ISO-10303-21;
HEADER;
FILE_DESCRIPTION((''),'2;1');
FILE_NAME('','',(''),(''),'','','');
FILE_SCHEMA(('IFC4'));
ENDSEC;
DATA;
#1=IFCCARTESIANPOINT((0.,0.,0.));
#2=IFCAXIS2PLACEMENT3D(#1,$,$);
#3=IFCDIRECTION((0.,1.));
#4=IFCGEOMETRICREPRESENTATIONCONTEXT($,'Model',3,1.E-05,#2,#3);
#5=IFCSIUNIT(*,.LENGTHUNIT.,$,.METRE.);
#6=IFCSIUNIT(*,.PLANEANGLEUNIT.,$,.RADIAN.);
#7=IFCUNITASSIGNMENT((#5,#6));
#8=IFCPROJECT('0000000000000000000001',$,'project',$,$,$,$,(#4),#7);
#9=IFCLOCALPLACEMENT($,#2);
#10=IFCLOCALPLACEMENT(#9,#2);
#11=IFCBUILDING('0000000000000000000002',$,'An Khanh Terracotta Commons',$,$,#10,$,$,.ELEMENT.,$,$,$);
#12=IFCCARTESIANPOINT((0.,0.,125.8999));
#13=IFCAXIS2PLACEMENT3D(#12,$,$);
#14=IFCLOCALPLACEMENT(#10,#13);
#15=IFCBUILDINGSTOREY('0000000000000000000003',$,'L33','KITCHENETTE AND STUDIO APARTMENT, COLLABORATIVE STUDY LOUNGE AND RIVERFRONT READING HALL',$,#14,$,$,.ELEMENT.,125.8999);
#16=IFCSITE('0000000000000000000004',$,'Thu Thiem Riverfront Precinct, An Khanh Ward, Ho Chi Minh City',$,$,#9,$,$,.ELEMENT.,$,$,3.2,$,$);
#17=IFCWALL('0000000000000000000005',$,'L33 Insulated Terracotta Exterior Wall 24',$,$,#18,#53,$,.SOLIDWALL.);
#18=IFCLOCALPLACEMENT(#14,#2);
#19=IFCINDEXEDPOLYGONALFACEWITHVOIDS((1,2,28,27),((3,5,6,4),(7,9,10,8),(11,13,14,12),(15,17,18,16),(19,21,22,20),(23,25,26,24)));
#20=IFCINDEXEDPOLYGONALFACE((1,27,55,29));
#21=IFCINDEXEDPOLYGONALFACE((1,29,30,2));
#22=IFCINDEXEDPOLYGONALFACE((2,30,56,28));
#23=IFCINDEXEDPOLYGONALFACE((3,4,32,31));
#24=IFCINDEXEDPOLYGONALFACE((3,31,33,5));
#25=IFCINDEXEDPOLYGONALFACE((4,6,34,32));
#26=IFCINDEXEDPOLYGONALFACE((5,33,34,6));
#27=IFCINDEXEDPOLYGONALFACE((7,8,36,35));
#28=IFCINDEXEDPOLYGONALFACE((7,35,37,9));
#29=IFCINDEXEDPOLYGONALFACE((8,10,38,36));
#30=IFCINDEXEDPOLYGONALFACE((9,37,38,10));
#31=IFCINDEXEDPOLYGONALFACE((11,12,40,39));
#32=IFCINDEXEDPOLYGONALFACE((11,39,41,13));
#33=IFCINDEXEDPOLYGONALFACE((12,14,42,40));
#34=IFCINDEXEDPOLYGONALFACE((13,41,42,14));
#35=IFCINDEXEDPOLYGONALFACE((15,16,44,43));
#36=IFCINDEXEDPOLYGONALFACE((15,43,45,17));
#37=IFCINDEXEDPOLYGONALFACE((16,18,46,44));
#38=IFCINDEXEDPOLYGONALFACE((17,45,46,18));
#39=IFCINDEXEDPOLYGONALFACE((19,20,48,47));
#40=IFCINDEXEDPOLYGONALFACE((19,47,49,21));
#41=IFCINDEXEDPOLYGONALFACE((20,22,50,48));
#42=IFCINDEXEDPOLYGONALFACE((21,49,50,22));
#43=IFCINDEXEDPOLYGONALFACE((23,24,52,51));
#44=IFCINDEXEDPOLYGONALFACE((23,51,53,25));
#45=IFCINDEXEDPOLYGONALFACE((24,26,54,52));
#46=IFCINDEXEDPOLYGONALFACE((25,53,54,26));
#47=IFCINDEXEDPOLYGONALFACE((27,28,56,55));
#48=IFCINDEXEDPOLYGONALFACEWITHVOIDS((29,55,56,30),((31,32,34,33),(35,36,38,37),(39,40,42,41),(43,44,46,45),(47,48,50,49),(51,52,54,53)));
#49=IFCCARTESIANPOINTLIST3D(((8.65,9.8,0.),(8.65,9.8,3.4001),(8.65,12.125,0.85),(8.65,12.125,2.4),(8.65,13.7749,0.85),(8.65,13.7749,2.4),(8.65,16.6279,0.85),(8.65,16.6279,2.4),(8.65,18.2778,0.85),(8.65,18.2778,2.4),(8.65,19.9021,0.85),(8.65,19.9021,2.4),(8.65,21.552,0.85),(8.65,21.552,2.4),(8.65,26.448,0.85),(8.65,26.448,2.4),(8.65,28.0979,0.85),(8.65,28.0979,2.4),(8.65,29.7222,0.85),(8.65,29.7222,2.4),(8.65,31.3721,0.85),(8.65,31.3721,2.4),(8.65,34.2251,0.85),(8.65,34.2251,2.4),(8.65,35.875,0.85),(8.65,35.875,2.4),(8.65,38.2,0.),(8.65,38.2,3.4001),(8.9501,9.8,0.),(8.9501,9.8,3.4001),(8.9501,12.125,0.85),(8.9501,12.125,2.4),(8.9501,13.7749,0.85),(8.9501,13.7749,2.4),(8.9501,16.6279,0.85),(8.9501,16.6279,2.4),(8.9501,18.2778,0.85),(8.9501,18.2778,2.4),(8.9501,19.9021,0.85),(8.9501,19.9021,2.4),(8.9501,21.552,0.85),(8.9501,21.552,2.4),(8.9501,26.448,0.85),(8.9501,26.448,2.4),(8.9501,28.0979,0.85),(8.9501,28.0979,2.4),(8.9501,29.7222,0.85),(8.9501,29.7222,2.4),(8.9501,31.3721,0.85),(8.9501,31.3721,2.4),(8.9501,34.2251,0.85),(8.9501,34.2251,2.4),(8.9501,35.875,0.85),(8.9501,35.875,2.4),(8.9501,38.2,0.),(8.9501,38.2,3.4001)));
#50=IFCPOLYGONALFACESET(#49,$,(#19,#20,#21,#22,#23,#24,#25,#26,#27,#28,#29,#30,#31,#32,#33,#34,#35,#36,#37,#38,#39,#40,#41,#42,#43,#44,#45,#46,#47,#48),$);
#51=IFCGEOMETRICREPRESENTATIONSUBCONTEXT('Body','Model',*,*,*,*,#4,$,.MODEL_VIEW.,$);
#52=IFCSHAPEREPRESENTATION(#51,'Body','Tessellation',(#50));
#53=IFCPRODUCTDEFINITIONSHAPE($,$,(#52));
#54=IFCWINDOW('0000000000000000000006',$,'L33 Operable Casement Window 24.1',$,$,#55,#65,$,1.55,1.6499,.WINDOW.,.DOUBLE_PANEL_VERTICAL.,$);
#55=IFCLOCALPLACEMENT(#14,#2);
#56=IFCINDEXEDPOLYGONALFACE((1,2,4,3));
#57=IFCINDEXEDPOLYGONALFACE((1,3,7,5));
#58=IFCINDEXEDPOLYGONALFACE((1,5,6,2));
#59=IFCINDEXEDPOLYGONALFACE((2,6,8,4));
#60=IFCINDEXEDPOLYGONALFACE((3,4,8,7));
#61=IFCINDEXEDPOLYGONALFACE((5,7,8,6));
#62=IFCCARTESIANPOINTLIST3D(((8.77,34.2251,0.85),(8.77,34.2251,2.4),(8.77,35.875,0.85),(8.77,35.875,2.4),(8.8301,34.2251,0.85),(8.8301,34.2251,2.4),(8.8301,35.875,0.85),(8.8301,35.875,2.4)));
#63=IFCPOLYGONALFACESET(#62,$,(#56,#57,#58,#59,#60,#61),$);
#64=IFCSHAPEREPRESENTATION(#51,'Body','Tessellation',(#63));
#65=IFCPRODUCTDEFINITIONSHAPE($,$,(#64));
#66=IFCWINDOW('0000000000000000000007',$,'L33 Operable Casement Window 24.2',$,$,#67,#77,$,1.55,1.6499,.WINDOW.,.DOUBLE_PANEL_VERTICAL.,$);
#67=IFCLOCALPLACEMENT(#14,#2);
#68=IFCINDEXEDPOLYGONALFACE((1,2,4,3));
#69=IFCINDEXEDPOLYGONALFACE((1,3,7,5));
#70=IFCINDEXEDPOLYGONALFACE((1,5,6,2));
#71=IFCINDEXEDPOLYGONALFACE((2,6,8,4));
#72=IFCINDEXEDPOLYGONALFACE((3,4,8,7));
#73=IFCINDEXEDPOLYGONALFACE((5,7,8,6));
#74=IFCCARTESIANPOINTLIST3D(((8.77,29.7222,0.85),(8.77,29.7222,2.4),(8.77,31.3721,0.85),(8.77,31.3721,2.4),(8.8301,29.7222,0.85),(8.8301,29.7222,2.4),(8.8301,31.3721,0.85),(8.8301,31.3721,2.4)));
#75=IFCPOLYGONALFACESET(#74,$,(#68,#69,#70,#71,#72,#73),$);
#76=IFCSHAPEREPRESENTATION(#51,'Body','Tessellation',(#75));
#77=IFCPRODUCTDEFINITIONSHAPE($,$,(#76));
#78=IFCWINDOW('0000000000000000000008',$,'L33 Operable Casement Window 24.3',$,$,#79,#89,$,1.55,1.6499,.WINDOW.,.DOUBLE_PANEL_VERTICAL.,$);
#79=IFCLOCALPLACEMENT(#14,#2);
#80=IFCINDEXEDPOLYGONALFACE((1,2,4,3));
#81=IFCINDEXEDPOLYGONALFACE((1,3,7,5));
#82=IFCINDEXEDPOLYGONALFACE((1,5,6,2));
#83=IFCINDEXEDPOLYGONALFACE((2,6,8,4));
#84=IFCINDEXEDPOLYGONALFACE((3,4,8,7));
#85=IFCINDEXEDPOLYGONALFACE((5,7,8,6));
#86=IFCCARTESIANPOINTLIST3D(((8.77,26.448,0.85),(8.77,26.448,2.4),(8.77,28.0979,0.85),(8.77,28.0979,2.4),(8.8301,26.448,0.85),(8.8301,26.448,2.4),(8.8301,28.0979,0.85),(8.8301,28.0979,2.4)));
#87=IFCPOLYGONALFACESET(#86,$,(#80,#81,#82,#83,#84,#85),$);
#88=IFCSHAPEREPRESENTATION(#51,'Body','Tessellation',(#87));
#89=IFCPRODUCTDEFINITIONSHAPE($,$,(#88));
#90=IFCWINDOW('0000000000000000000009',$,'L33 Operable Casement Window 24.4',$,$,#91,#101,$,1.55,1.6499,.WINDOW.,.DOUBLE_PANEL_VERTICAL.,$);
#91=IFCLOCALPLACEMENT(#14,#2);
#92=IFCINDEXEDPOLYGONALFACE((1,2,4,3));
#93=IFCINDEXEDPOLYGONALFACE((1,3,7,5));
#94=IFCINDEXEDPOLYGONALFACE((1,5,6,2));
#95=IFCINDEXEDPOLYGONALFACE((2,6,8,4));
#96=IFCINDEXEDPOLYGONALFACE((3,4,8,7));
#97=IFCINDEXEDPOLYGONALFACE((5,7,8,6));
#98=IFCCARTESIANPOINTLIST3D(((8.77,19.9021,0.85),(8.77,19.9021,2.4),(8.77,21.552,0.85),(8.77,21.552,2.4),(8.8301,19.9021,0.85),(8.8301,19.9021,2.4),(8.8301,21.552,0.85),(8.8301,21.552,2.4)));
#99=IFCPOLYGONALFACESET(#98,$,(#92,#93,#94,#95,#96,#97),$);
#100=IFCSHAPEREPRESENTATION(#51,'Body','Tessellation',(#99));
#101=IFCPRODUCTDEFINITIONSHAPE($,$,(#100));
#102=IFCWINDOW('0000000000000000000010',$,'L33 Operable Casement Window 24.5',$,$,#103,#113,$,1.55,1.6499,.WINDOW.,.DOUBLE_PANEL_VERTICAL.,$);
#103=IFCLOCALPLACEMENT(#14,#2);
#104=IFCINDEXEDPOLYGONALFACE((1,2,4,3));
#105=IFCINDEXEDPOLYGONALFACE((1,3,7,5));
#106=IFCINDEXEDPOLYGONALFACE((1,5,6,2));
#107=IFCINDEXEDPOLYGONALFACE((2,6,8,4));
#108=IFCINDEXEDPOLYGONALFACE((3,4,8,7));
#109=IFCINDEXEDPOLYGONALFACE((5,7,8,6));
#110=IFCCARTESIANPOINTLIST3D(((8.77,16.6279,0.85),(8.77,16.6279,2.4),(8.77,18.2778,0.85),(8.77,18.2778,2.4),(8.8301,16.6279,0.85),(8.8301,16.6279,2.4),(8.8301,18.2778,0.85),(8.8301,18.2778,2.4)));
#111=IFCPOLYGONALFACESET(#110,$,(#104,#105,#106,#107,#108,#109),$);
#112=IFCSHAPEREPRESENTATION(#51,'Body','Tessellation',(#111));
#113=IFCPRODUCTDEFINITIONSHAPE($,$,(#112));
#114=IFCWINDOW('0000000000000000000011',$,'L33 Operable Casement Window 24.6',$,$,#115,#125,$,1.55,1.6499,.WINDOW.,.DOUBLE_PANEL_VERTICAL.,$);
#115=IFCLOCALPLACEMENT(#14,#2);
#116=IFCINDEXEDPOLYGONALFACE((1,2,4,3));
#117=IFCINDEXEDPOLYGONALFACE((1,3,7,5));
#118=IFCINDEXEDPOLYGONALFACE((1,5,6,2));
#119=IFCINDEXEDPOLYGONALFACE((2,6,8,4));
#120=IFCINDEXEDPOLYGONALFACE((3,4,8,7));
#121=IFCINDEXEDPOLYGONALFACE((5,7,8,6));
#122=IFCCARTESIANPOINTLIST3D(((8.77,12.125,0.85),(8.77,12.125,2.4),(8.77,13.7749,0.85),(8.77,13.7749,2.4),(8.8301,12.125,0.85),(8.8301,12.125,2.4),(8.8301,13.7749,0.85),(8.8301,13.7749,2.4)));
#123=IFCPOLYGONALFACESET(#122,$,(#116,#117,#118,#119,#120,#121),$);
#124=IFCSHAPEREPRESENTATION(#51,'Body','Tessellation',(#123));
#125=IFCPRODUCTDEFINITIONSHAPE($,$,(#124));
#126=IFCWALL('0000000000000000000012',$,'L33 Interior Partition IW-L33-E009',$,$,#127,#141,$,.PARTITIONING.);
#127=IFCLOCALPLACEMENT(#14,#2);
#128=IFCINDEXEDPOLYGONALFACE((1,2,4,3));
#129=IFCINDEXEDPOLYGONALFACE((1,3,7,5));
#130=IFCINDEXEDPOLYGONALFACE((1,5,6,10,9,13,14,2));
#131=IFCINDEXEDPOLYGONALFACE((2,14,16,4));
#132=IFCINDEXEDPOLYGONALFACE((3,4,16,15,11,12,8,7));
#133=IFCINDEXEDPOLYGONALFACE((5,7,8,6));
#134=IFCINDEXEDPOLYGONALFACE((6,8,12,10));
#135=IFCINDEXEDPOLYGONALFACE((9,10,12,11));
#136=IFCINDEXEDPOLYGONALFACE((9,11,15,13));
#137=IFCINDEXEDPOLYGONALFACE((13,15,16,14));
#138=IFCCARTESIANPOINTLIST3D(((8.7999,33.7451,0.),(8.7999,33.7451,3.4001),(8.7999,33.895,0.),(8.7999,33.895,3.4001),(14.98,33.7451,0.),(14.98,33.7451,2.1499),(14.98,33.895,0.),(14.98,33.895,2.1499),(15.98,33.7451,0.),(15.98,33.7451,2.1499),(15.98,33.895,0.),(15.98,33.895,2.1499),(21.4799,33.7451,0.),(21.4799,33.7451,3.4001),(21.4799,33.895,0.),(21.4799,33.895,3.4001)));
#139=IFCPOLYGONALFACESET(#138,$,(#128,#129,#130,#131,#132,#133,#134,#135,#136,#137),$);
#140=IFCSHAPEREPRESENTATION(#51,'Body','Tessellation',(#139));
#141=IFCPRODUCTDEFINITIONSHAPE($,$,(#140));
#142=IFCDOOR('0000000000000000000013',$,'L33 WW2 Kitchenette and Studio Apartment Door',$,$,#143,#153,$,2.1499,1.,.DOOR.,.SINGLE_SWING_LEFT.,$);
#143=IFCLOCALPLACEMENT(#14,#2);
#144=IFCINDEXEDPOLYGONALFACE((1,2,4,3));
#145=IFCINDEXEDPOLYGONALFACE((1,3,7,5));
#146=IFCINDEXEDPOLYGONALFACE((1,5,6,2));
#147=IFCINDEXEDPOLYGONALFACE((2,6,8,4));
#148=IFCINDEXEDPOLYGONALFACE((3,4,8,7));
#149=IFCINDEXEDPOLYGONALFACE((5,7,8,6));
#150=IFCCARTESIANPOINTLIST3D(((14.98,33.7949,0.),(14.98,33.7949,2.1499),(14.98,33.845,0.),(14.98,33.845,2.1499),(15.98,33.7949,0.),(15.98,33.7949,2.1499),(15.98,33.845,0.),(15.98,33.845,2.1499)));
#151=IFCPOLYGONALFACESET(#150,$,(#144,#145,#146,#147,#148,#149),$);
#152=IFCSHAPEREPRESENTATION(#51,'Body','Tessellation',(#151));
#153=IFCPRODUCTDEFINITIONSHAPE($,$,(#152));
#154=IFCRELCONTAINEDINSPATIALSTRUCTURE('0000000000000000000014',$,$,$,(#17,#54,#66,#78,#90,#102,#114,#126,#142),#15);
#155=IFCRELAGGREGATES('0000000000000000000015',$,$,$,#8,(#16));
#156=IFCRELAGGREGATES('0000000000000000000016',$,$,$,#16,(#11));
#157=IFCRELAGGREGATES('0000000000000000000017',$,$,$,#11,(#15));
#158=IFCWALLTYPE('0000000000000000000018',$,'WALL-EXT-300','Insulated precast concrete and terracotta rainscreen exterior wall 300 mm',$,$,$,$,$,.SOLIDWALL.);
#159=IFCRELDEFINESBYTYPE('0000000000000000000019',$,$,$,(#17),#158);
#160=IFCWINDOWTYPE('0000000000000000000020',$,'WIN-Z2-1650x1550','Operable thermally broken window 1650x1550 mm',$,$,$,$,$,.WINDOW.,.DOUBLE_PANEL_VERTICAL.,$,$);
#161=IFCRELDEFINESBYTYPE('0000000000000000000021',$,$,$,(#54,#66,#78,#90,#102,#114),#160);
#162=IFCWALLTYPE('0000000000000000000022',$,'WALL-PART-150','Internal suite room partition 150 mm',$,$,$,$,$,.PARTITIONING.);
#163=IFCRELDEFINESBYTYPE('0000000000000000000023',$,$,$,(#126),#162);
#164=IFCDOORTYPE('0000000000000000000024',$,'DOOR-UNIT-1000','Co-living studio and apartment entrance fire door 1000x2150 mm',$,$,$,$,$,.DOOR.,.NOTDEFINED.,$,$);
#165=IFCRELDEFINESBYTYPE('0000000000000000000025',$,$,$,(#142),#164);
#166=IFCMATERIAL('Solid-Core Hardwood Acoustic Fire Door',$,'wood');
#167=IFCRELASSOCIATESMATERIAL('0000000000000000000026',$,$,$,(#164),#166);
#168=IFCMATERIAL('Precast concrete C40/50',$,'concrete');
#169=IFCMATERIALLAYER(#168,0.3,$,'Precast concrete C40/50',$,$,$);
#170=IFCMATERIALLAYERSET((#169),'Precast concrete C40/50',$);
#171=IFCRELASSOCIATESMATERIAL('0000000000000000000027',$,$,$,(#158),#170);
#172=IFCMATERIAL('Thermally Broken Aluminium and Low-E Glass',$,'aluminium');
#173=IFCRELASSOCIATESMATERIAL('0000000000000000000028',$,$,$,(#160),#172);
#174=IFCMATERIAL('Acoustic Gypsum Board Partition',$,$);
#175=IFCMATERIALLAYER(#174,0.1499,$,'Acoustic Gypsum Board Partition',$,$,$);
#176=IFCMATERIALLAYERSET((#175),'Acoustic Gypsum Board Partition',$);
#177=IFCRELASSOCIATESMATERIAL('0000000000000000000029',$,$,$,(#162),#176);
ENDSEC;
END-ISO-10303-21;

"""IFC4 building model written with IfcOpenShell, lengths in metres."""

from ifc_helpers import new_model, si_unit, direction, frame, frame_2d, origin, place, context, subcontext, project, spatial, rectangle, extrude, material, layer, layer_set, type_object, element, fill, save


model = new_model("IFC4")

# Units and contexts
model_context = context("Model", 3, precision=1e-05, world=origin(), true_north=direction((0.0, 1.0)))
body_context = subcontext(model_context, "Body", "Model", "MODEL_VIEW")
ifc_project = project(units=[si_unit("LENGTHUNIT", "METRE"), si_unit("PLANEANGLEUNIT", "RADIAN")], contexts=[model_context])

# Site, building, storey
site_placement = place(None, origin())
site = spatial("IfcSite", under=ifc_project, at=site_placement, Name="Thu Thiem Riverfront Precinct, An Khanh Ward, Ho Chi Minh City", CompositionType="ELEMENT", RefElevation=3.2)
building_placement = place(site_placement, origin())
building = spatial("IfcBuilding", under=site, at=building_placement, Name="An Khanh Terracotta Commons", CompositionType="ELEMENT")
storey_placement = place(building_placement, frame((0.0, 0.0, 125.8999)))
storey = spatial("IfcBuildingStorey", under=building, at=storey_placement, Name="L33", Description="KITCHENETTE AND STUDIO APARTMENT, COLLABORATIVE STUDY LOUNGE AND RIVERFRONT READING HALL", CompositionType="ELEMENT", Elevation=125.8999)

# Shared definitions
ifc_material_1 = material(Name="Solid-Core Hardwood Acoustic Fire Door", Category="wood")
door_type_1 = type_object("IfcDoorType", Name="DOOR-UNIT-1000", Description="Co-living studio and apartment entrance fire door 1000x2150 mm", OperationType="NOTDEFINED", PredefinedType="DOOR", material=ifc_material_1)

# Shared definitions
ifc_material_2 = material(Name="Precast concrete C40/50", Category="concrete")
ifc_layer_1 = layer(ifc_material_2, 0.3, Name="Precast concrete C40/50")
ifc_layer_set_1 = layer_set([ifc_layer_1], Name="Precast concrete C40/50")
wall_type_1 = type_object("IfcWallType", Name="WALL-EXT-300", Description="Insulated precast concrete and terracotta rainscreen exterior wall 300 mm", PredefinedType="SOLIDWALL", material=ifc_layer_set_1)

# Wall, openings, windows
wall_1_placement = place(storey_placement, frame((8.8, 38.2, 0.0), z_axis=(0.0, 0.0, 1.0), x_axis=(0.0, -1.0, 0.0)))
wall_1 = element("IfcWall", 1, at=wall_1_placement, inside=storey, type_object=wall_type_1, Name="L33 Insulated Terracotta Exterior Wall 24", PredefinedType="SOLIDWALL", context=body_context, shape_type="SweptSolid", body=[
    extrude(rectangle(XDim=28.3999, YDim=0.3, at=frame_2d((14.2, 0.0))), origin(), (0.0, 0.0, 1.0), 3.4001),
])
opening_1_placement = place(wall_1_placement, frame((2.325, 0.0, 0.8501)))
opening_1 = element("IfcOpeningElement", 2, at=opening_1_placement, cuts=wall_1, PredefinedType="OPENING", context=body_context, shape_type="SweptSolid", body=[
    extrude(rectangle(XDim=1.6499, YDim=1.55, at=frame_2d((0.825, 0.7749))), frame((0.0, 0.1599, 0.0), z_axis=(0.0, -1.0, 0.0), x_axis=(1.0, 0.0, 0.0)), (0.0, 0.0, 1.0), 0.3201),
])
opening_2_placement = place(wall_1_placement, frame((6.8279, 0.0, 0.8501)))
opening_2 = element("IfcOpeningElement", 3, at=opening_2_placement, cuts=wall_1, PredefinedType="OPENING", context=body_context, shape_type="SweptSolid", body=[
    extrude(rectangle(XDim=1.6499, YDim=1.55, at=frame_2d((0.825, 0.7749))), frame((0.0, 0.1599, 0.0), z_axis=(0.0, -1.0, 0.0), x_axis=(1.0, 0.0, 0.0)), (0.0, 0.0, 1.0), 0.3201),
])
opening_3_placement = place(wall_1_placement, frame((10.1021, 0.0, 0.8501)))
opening_3 = element("IfcOpeningElement", 4, at=opening_3_placement, cuts=wall_1, PredefinedType="OPENING", context=body_context, shape_type="SweptSolid", body=[
    extrude(rectangle(XDim=1.6499, YDim=1.55, at=frame_2d((0.825, 0.7749))), frame((0.0, 0.1599, 0.0), z_axis=(0.0, -1.0, 0.0), x_axis=(1.0, 0.0, 0.0)), (0.0, 0.0, 1.0), 0.3201),
])
opening_4_placement = place(wall_1_placement, frame((16.6479, 0.0, 0.8501)))
opening_4 = element("IfcOpeningElement", 5, at=opening_4_placement, cuts=wall_1, PredefinedType="OPENING", context=body_context, shape_type="SweptSolid", body=[
    extrude(rectangle(XDim=1.6499, YDim=1.55, at=frame_2d((0.825, 0.7749))), frame((0.0, 0.1599, 0.0), z_axis=(0.0, -1.0, 0.0), x_axis=(1.0, 0.0, 0.0)), (0.0, 0.0, 1.0), 0.3201),
])
opening_5_placement = place(wall_1_placement, frame((19.9221, 0.0, 0.8501)))
opening_5 = element("IfcOpeningElement", 6, at=opening_5_placement, cuts=wall_1, PredefinedType="OPENING", context=body_context, shape_type="SweptSolid", body=[
    extrude(rectangle(XDim=1.6499, YDim=1.55, at=frame_2d((0.825, 0.7749))), frame((0.0, 0.1599, 0.0), z_axis=(0.0, -1.0, 0.0), x_axis=(1.0, 0.0, 0.0)), (0.0, 0.0, 1.0), 0.3201),
])
opening_6_placement = place(wall_1_placement, frame((24.425, 0.0, 0.8501)))
opening_6 = element("IfcOpeningElement", 7, at=opening_6_placement, cuts=wall_1, PredefinedType="OPENING", context=body_context, shape_type="SweptSolid", body=[
    extrude(rectangle(XDim=1.6499, YDim=1.55, at=frame_2d((0.825, 0.7749))), frame((0.0, 0.1599, 0.0), z_axis=(0.0, -1.0, 0.0), x_axis=(1.0, 0.0, 0.0)), (0.0, 0.0, 1.0), 0.3201),
])
ifc_material_3 = material(Name="Thermally Broken Aluminium and Low-E Glass", Category="aluminium")
window_type = type_object("IfcWindowType", Name="WIN-Z2-1650x1550", Description="Operable thermally broken window 1650x1550 mm", PartitioningType="DOUBLE_PANEL_VERTICAL", PredefinedType="WINDOW", material=ifc_material_3)
window_1_placement = place(opening_1_placement, origin())
window_1 = element("IfcWindow", 8, at=window_1_placement, inside=storey, type_object=window_type, Name="L33 Operable Casement Window 24.1", OverallHeight=1.55, OverallWidth=1.6499, PartitioningType="DOUBLE_PANEL_VERTICAL", PredefinedType="WINDOW", context=body_context, shape_type="SweptSolid", body=[
    extrude(rectangle(XDim=1.6499, YDim=1.55, at=frame_2d((0.825, 0.7749))), frame((0.0, 0.03, 0.0), z_axis=(0.0, -1.0, 0.0), x_axis=(1.0, 0.0, 0.0)), (0.0, 0.0, 1.0), 0.0601),
])
fill(opening_1, window_1)
window_2_placement = place(opening_2_placement, origin())
window_2 = element("IfcWindow", 9, at=window_2_placement, inside=storey, type_object=window_type, Name="L33 Operable Casement Window 24.2", OverallHeight=1.55, OverallWidth=1.6499, PartitioningType="DOUBLE_PANEL_VERTICAL", PredefinedType="WINDOW", context=body_context, shape_type="SweptSolid", body=[
    extrude(rectangle(XDim=1.6499, YDim=1.55, at=frame_2d((0.825, 0.7749))), frame((0.0, 0.03, 0.0), z_axis=(0.0, -1.0, 0.0), x_axis=(1.0, 0.0, 0.0)), (0.0, 0.0, 1.0), 0.0601),
])
fill(opening_2, window_2)
window_3_placement = place(opening_3_placement, origin())
window_3 = element("IfcWindow", 10, at=window_3_placement, inside=storey, type_object=window_type, Name="L33 Operable Casement Window 24.3", OverallHeight=1.55, OverallWidth=1.6499, PartitioningType="DOUBLE_PANEL_VERTICAL", PredefinedType="WINDOW", context=body_context, shape_type="SweptSolid", body=[
    extrude(rectangle(XDim=1.6499, YDim=1.55, at=frame_2d((0.825, 0.7749))), frame((0.0, 0.03, 0.0), z_axis=(0.0, -1.0, 0.0), x_axis=(1.0, 0.0, 0.0)), (0.0, 0.0, 1.0), 0.0601),
])
fill(opening_3, window_3)
window_4_placement = place(opening_4_placement, origin())
window_4 = element("IfcWindow", 11, at=window_4_placement, inside=storey, type_object=window_type, Name="L33 Operable Casement Window 24.4", OverallHeight=1.55, OverallWidth=1.6499, PartitioningType="DOUBLE_PANEL_VERTICAL", PredefinedType="WINDOW", context=body_context, shape_type="SweptSolid", body=[
    extrude(rectangle(XDim=1.6499, YDim=1.55, at=frame_2d((0.825, 0.7749))), frame((0.0, 0.03, 0.0), z_axis=(0.0, -1.0, 0.0), x_axis=(1.0, 0.0, 0.0)), (0.0, 0.0, 1.0), 0.0601),
])
fill(opening_4, window_4)
window_5_placement = place(opening_5_placement, origin())
window_5 = element("IfcWindow", 12, at=window_5_placement, inside=storey, type_object=window_type, Name="L33 Operable Casement Window 24.5", OverallHeight=1.55, OverallWidth=1.6499, PartitioningType="DOUBLE_PANEL_VERTICAL", PredefinedType="WINDOW", context=body_context, shape_type="SweptSolid", body=[
    extrude(rectangle(XDim=1.6499, YDim=1.55, at=frame_2d((0.825, 0.7749))), frame((0.0, 0.03, 0.0), z_axis=(0.0, -1.0, 0.0), x_axis=(1.0, 0.0, 0.0)), (0.0, 0.0, 1.0), 0.0601),
])
fill(opening_5, window_5)
window_6_placement = place(opening_6_placement, origin())
window_6 = element("IfcWindow", 13, at=window_6_placement, inside=storey, type_object=window_type, Name="L33 Operable Casement Window 24.6", OverallHeight=1.55, OverallWidth=1.6499, PartitioningType="DOUBLE_PANEL_VERTICAL", PredefinedType="WINDOW", context=body_context, shape_type="SweptSolid", body=[
    extrude(rectangle(XDim=1.6499, YDim=1.55, at=frame_2d((0.825, 0.7749))), frame((0.0, 0.03, 0.0), z_axis=(0.0, -1.0, 0.0), x_axis=(1.0, 0.0, 0.0)), (0.0, 0.0, 1.0), 0.0601),
])
fill(opening_6, window_6)

# Wall, opening, door
ifc_material_4 = material(Name="Acoustic Gypsum Board Partition")
ifc_layer_2 = layer(ifc_material_4, 0.1499, Name="Acoustic Gypsum Board Partition")
ifc_layer_set_2 = layer_set([ifc_layer_2], Name="Acoustic Gypsum Board Partition")
wall_type_2 = type_object("IfcWallType", Name="WALL-PART-150", Description="Internal suite room partition 150 mm", PredefinedType="PARTITIONING", material=ifc_layer_set_2)
wall_2_placement = place(storey_placement, frame((8.8, 33.8201, 0.0), z_axis=(0.0, 0.0, 1.0), x_axis=(1.0, 0.0, 0.0)))
wall_2 = element("IfcWall", 14, at=wall_2_placement, inside=storey, type_object=wall_type_2, Name="L33 Interior Partition IW-L33-E009", PredefinedType="PARTITIONING", context=body_context, shape_type="SweptSolid", body=[
    extrude(rectangle(XDim=12.6799, YDim=0.1499, at=frame_2d((6.3398, 0.0))), origin(), (0.0, 0.0, 1.0), 3.4001),
])
opening_7_placement = place(wall_2_placement, frame((6.1799, 0.0, 0.0)))
opening_7 = element("IfcOpeningElement", 15, at=opening_7_placement, cuts=wall_2, PredefinedType="OPENING", context=body_context, shape_type="SweptSolid", body=[
    extrude(rectangle(XDim=1.0, YDim=2.1499, at=frame_2d((0.5, 1.075))), frame((0.0, 0.085, 0.0), z_axis=(0.0, -1.0, 0.0), x_axis=(1.0, 0.0, 0.0)), (0.0, 0.0, 1.0), 0.1699),
])
door_1_placement = place(opening_7_placement, origin())
door_1 = element("IfcDoor", 16, at=door_1_placement, inside=storey, type_object=door_type_1, Name="L33 WW2 Kitchenette and Studio Apartment Door", OperationType="SINGLE_SWING_LEFT", OverallHeight=2.1499, OverallWidth=1.0, PredefinedType="DOOR", context=body_context, shape_type="SweptSolid", body=[
    extrude(rectangle(XDim=1.0, YDim=2.1499, at=frame_2d((0.5, 1.075))), frame((0.0, 0.0249, 0.0), z_axis=(0.0, -1.0, 0.0), x_axis=(1.0, 0.0, 0.0)), (0.0, 0.0, 1.0), 0.05),
])
fill(opening_7, door_1)

save(model, "model.ifc")
